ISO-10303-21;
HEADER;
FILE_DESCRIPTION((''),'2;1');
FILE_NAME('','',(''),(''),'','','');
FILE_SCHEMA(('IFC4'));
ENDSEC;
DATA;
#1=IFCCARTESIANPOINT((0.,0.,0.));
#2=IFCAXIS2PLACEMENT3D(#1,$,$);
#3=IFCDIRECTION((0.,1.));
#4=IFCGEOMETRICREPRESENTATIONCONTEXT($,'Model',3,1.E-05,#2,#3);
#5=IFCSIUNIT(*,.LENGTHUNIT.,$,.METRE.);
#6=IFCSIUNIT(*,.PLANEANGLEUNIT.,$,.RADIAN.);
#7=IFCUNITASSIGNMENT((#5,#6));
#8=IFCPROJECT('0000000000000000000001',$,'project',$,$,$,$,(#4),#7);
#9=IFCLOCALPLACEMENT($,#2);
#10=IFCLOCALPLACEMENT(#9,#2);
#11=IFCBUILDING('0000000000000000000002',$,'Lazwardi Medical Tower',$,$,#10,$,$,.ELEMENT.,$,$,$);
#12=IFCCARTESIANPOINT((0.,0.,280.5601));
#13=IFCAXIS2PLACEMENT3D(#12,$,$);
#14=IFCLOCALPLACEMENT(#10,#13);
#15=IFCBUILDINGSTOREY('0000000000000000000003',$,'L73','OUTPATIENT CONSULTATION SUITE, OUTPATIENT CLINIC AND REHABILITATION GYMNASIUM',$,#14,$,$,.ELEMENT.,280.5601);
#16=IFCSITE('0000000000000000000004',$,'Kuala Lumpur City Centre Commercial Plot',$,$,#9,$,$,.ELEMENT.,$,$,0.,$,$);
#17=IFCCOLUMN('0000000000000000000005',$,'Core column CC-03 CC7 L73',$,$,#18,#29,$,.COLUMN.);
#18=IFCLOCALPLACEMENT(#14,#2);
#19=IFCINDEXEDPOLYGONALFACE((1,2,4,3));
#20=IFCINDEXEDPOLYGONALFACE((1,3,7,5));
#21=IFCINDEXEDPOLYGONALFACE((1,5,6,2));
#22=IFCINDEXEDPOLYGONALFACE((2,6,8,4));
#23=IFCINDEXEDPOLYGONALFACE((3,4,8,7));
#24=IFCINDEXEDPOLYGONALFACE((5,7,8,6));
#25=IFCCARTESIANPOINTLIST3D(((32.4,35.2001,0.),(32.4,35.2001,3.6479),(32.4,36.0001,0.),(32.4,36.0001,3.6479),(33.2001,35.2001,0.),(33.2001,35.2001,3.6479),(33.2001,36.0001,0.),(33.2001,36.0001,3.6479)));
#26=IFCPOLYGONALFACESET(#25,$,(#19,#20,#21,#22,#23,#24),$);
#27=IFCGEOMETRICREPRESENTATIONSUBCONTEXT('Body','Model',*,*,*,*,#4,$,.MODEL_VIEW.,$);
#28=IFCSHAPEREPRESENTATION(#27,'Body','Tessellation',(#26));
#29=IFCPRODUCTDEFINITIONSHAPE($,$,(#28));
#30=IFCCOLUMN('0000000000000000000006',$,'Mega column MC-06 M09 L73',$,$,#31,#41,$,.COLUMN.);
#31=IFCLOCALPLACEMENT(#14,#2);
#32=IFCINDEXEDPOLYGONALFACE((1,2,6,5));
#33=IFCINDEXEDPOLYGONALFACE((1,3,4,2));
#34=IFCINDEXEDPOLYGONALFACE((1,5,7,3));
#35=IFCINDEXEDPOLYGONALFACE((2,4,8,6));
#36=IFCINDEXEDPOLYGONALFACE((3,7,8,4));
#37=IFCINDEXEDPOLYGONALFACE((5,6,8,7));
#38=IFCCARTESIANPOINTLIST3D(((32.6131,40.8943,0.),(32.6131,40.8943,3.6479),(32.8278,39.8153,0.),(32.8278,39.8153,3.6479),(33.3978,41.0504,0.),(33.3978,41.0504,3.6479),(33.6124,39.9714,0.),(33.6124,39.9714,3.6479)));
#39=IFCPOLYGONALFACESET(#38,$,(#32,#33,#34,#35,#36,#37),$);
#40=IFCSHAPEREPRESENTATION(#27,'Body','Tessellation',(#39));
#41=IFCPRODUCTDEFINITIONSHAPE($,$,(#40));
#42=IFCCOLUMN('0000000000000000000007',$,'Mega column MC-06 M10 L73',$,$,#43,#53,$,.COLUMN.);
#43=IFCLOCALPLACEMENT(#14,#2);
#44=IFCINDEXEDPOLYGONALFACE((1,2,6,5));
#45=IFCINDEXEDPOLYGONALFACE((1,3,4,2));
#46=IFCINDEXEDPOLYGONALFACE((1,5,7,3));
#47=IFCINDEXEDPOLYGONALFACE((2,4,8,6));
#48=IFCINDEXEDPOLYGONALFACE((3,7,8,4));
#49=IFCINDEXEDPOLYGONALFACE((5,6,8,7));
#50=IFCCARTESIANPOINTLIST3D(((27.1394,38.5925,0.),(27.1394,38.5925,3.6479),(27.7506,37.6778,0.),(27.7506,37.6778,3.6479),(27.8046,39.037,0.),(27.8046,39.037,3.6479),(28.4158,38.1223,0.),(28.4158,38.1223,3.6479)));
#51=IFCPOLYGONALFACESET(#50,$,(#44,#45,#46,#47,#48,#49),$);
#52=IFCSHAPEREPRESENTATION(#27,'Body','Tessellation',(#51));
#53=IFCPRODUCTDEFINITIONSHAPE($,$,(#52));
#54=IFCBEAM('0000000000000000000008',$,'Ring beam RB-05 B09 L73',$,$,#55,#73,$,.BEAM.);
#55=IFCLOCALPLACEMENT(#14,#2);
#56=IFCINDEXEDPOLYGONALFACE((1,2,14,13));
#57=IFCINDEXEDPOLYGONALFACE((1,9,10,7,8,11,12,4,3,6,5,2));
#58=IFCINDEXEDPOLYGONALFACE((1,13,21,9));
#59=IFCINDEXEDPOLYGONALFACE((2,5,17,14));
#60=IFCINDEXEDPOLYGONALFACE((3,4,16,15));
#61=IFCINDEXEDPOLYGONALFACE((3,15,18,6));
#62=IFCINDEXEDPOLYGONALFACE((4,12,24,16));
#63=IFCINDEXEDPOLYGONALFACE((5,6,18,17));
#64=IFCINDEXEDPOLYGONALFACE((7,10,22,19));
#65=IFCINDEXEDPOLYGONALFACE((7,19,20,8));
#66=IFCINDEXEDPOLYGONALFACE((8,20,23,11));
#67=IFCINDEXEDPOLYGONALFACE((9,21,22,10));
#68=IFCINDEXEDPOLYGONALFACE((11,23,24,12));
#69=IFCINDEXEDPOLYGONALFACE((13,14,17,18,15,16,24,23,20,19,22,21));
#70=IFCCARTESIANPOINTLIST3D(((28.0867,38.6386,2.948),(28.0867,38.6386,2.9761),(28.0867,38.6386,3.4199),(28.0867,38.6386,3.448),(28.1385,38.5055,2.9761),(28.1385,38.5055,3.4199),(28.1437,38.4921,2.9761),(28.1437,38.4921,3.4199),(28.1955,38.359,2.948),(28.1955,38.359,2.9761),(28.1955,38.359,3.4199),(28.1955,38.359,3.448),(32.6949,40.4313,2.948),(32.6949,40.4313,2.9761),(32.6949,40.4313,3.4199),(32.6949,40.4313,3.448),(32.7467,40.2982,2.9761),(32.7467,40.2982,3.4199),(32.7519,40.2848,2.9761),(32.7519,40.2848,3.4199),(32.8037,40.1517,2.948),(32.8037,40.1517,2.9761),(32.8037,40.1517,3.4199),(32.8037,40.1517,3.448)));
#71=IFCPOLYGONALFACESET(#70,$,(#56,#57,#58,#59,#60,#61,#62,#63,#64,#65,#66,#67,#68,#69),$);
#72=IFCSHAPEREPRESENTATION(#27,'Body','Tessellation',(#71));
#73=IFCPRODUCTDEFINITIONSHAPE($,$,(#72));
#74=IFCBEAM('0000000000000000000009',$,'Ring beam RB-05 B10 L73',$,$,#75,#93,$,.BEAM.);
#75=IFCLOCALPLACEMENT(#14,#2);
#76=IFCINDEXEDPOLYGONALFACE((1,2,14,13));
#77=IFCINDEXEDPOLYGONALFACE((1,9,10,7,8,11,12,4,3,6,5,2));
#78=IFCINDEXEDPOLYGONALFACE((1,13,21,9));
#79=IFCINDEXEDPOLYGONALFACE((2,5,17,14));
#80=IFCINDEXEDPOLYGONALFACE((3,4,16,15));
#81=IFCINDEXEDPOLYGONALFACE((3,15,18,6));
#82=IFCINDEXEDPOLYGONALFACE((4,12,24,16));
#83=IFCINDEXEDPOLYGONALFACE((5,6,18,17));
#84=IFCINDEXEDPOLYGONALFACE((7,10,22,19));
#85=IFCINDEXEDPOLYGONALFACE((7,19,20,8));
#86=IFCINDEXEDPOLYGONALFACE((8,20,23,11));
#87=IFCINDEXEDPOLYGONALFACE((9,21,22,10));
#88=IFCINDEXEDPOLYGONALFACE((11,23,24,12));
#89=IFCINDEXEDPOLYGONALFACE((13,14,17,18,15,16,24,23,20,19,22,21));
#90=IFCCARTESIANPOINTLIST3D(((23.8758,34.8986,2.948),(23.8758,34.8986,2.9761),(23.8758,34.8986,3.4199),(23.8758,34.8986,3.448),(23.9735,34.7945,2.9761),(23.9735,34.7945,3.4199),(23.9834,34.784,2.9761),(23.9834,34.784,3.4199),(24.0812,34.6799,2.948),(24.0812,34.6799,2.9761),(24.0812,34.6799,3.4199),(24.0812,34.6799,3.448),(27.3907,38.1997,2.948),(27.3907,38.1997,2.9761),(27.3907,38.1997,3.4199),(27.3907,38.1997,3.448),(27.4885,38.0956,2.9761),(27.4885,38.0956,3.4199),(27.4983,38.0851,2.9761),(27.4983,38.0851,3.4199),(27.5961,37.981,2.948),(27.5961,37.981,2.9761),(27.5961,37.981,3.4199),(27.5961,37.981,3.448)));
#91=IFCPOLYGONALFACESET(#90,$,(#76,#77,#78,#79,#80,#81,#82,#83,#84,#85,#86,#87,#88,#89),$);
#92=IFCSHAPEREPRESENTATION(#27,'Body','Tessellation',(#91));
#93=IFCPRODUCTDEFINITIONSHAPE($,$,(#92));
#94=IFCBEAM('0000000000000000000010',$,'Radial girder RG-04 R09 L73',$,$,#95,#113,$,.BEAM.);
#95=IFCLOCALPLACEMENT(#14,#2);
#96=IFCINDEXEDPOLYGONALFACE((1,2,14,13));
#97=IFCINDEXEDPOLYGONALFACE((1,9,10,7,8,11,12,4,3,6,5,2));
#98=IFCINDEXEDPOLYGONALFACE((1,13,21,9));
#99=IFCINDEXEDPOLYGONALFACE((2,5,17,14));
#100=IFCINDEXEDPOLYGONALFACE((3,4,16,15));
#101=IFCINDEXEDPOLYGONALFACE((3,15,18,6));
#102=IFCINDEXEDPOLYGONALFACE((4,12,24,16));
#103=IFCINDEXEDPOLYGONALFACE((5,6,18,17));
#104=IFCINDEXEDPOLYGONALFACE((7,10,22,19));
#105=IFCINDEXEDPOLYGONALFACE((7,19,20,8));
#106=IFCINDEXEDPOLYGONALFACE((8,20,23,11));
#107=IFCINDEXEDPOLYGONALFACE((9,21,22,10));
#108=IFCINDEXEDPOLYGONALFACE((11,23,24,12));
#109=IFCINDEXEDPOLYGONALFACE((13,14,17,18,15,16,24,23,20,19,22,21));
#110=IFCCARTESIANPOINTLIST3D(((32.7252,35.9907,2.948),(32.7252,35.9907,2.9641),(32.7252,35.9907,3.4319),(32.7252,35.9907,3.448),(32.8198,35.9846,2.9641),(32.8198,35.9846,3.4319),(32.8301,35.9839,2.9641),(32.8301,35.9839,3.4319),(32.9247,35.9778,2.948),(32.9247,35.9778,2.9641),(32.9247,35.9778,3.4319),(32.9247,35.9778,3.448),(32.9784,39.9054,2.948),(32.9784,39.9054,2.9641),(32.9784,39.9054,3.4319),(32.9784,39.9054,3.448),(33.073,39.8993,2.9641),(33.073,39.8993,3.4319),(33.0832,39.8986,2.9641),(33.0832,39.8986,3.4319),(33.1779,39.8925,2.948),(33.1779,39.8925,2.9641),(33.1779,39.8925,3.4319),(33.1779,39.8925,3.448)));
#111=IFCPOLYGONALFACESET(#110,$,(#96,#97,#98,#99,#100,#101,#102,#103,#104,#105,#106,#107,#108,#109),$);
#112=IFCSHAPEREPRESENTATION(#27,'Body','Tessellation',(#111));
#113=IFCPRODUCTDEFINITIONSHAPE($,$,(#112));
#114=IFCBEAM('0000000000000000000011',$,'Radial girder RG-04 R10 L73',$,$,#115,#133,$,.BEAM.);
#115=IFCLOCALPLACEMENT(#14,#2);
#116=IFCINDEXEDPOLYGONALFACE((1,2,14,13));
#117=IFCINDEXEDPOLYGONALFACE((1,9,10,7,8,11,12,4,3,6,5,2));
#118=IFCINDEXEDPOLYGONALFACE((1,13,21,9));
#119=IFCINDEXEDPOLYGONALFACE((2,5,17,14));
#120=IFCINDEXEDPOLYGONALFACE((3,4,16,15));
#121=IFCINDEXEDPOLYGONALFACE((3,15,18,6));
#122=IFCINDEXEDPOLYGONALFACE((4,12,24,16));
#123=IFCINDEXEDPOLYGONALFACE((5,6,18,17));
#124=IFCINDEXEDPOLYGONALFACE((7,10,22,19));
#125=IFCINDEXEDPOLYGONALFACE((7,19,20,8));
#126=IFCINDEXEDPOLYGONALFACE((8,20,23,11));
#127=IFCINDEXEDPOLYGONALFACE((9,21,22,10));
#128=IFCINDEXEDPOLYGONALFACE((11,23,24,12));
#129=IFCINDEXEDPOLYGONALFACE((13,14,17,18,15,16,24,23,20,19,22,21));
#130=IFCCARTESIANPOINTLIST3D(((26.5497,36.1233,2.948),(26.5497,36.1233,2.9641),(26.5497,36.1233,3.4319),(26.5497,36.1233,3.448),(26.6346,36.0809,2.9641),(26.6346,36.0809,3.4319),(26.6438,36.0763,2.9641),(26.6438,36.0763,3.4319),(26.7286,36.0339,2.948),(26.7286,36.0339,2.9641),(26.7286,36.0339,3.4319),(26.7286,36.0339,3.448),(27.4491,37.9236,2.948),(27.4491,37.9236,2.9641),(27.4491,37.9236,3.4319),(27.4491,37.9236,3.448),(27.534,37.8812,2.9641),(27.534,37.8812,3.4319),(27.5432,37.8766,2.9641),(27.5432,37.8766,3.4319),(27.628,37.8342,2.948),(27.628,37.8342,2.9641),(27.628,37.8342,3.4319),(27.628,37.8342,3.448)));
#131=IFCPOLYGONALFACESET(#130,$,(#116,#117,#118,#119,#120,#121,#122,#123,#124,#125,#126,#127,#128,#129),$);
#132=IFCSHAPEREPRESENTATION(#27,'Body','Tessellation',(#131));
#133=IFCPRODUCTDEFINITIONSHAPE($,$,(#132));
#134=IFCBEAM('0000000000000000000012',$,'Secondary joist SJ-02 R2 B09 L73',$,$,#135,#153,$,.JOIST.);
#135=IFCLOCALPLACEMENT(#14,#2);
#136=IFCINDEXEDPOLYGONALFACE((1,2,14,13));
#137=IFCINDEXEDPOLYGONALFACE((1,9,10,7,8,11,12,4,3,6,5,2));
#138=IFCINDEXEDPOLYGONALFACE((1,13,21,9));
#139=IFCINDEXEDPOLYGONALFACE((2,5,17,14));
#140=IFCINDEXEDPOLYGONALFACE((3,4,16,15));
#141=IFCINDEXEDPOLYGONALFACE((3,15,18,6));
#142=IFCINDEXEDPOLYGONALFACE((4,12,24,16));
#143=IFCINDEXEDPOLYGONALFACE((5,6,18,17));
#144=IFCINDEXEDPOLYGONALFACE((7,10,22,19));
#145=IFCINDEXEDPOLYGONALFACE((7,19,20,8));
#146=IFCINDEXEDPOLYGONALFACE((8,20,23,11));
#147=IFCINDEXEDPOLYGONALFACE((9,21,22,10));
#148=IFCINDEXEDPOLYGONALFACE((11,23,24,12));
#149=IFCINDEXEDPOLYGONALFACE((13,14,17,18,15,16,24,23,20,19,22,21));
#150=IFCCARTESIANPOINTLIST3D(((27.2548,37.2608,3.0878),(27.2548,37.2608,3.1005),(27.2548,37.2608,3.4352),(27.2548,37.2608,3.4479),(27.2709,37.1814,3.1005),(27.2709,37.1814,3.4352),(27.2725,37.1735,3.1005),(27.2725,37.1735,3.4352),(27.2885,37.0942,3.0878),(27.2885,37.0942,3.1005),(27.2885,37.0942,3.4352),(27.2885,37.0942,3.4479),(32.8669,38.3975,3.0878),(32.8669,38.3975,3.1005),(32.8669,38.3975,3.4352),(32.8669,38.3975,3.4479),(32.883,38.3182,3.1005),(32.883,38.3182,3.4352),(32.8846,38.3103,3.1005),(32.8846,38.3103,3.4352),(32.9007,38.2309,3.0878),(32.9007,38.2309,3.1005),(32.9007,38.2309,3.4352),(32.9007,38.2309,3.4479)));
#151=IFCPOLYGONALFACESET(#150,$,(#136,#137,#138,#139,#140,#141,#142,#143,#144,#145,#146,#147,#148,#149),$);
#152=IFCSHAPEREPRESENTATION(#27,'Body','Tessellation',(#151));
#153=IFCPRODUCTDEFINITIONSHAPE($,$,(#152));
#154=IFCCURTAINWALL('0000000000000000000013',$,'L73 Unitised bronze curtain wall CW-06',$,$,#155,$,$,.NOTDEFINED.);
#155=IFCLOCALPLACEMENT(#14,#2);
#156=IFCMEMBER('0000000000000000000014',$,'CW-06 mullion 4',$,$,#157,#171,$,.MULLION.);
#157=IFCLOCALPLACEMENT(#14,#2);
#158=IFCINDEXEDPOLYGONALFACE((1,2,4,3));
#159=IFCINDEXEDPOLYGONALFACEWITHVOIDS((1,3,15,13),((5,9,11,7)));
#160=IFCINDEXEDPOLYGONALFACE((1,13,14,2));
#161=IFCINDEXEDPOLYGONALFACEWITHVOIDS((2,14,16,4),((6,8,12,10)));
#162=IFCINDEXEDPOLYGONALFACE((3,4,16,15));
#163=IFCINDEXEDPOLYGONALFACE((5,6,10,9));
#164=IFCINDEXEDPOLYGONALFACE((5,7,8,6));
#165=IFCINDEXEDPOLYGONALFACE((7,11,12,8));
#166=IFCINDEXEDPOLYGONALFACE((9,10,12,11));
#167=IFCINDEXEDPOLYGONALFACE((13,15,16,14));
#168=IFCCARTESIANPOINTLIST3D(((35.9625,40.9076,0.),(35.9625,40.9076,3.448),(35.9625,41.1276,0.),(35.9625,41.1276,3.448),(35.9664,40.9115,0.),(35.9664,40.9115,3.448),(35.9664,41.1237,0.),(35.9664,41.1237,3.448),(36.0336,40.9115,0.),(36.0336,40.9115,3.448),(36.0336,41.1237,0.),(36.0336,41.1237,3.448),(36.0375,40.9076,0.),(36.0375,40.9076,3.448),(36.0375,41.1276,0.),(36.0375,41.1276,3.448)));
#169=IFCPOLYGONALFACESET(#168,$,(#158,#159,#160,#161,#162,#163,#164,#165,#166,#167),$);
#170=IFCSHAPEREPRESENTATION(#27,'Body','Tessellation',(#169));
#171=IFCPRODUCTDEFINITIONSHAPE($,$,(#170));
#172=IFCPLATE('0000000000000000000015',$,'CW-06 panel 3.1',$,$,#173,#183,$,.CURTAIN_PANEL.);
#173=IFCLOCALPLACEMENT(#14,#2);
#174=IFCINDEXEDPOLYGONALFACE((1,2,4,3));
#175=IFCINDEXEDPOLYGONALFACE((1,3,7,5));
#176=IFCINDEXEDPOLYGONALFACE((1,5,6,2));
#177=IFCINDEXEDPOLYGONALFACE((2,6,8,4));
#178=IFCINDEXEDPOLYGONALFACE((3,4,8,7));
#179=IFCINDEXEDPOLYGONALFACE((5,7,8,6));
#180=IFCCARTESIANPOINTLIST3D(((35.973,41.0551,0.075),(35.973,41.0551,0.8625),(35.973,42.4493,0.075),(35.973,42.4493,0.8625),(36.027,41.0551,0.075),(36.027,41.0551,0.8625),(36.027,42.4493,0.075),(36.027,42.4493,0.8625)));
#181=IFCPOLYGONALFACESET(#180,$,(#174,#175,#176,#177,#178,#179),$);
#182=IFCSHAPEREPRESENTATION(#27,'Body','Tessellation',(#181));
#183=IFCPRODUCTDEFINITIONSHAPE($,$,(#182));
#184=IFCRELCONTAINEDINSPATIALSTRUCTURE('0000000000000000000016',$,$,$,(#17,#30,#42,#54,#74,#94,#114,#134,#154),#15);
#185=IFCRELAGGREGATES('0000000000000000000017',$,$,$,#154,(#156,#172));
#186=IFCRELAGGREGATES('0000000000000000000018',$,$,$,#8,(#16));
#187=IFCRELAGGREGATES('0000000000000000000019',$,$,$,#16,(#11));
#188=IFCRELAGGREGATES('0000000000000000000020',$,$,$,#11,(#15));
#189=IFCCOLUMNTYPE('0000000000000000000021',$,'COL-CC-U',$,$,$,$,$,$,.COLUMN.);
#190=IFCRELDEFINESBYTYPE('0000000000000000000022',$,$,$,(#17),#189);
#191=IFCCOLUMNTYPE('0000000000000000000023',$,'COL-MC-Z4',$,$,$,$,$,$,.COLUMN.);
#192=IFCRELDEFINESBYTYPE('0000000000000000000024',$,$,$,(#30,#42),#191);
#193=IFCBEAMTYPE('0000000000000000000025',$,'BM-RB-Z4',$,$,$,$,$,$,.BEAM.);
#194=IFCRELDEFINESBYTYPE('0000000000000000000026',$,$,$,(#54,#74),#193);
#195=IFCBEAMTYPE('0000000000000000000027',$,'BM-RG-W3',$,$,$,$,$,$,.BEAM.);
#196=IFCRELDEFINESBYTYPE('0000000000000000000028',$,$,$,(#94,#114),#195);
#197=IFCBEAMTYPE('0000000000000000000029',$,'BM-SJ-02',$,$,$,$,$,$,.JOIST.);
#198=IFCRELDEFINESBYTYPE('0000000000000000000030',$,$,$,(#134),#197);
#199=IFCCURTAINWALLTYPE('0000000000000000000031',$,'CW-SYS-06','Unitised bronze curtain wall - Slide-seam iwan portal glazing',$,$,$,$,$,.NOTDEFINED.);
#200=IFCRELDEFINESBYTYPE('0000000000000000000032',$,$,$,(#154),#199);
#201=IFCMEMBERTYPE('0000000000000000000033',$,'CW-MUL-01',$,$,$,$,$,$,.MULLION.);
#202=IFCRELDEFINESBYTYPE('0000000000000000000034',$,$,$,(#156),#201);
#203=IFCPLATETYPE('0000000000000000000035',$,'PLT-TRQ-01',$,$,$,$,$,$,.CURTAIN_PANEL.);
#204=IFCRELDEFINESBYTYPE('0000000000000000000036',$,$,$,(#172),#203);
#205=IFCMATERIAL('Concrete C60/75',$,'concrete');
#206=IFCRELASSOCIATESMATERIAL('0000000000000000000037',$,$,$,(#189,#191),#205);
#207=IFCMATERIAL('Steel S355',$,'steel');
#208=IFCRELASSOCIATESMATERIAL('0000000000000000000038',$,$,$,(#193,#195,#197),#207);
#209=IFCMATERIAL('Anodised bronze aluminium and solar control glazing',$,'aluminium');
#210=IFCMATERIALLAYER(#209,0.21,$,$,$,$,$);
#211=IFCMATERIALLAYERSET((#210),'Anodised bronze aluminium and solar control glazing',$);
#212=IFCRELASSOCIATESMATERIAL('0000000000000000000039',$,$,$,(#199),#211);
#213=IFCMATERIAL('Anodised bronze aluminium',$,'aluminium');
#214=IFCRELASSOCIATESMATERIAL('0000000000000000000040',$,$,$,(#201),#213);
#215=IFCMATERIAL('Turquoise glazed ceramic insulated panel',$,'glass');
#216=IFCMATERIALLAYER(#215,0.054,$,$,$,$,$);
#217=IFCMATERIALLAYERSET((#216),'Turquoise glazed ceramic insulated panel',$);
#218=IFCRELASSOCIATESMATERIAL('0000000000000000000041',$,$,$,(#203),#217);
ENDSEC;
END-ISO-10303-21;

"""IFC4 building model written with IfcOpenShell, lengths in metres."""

from ifc_helpers import new_model, si_unit, direction, frame, origin, origin_2d, place, context, subcontext, project, spatial, rectangle, hollow_rectangle, i_section, extrude, material, layer, layer_set, material_profile, profile_set, type_object, element, aggregate, save


model = new_model("IFC4")

# Units and contexts
model_context = context("Model", 3, precision=1e-05, world=origin(), true_north=direction((0.0, 1.0)))
body_context = subcontext(model_context, "Body", "Model", "MODEL_VIEW")
ifc_project = project(units=[si_unit("LENGTHUNIT", "METRE"), si_unit("PLANEANGLEUNIT", "RADIAN")], contexts=[model_context])

# Site, building, storey
site_placement = place(None, origin())
site = spatial("IfcSite", under=ifc_project, at=site_placement, Name="Kuala Lumpur City Centre Commercial Plot", CompositionType="ELEMENT", RefElevation=0.0)
building_placement = place(site_placement, origin())
building = spatial("IfcBuilding", under=site, at=building_placement, Name="Lazwardi Medical Tower", CompositionType="ELEMENT")
storey_placement = place(building_placement, frame((0.0, 0.0, 280.5601)))
storey = spatial("IfcBuildingStorey", under=building, at=storey_placement, Name="L73", Description="OUTPATIENT CONSULTATION SUITE, OUTPATIENT CLINIC AND REHABILITATION GYMNASIUM", CompositionType="ELEMENT", Elevation=280.5601)

# Columns
ifc_material_1 = material(Name="Concrete C60/75", Category="concrete")
ifc_material_profile_1 = material_profile(ifc_material_1, rectangle(XDim=0.8, YDim=0.8, at=origin_2d()), Name="RC 800x800")
ifc_profile_set_1 = profile_set([ifc_material_profile_1], Name="Concrete C60/75")
column_type_1 = type_object("IfcColumnType", Name="COL-CC-U", PredefinedType="COLUMN", material=ifc_profile_set_1)
column_placement = place(storey_placement, frame((32.8, 35.6001, 0.0), z_axis=(0.0, 0.0, 1.0), x_axis=(1.0, 0.0, 0.0)))
element("IfcColumn", 1, at=column_placement, inside=storey, type_object=column_type_1, Name="Core column CC-03 CC7 L73", PredefinedType="COLUMN", context=body_context, shape_type="SweptSolid", body=[
    extrude(rectangle(XDim=0.8, YDim=0.8, at=origin_2d()), origin(), (0.0, 0.0, 1.0), 3.6479),
])
ifc_material_profile_2 = material_profile(ifc_material_1, rectangle(XDim=1.1001, YDim=0.8, at=origin_2d()), Name="CFT-RECT 1100x800")
ifc_profile_set_2 = profile_set([ifc_material_profile_2], Name="Concrete C60/75")
column_type_2 = type_object("IfcColumnType", Name="COL-MC-Z4", PredefinedType="COLUMN", material=ifc_profile_set_2)
for number, where, z_axis, x_axis, name in (
    (2, (33.1128, 40.4329, 0.0), (0.0, 0.0, 1.0), (-0.19509, 0.980785, 0.0), "Mega column MC-06 M09 L73"),
    (3, (27.7776, 38.3574, 0.0), (0.0, 0.0, 1.0), (-0.55557, 0.83147, 0.0), "Mega column MC-06 M10 L73"),
):
    element("IfcColumn", number, at=place(storey_placement, frame(where, z_axis=z_axis, x_axis=x_axis)), inside=storey, type_object=column_type_2, Name=name, PredefinedType="COLUMN", context=body_context, shape_type="SweptSolid", body=[
        extrude(rectangle(XDim=1.1001, YDim=0.8, at=origin_2d()), origin(), (0.0, 0.0, 1.0), 3.6479),
    ])

# Beams
ifc_material_2 = material(Name="Steel S355", Category="steel")
ifc_material_profile_3 = material_profile(ifc_material_2, i_section(OverallWidth=0.3, OverallDepth=0.5, WebThickness=0.0144, FlangeThickness=0.0281, at=origin_2d()), Name="HEB 500")
ifc_profile_set_3 = profile_set([ifc_material_profile_3], Name="Steel S355")
beam_type_1 = type_object("IfcBeamType", Name="BM-RB-Z4", PredefinedType="BEAM", material=ifc_profile_set_3)
beam_1_placement = place(storey_placement, frame((32.7493, 40.2915, 3.198), z_axis=(-0.931959, -0.362563, 0.0), x_axis=(0.362563, -0.931959, 0.0)))
element("IfcBeam", 4, at=beam_1_placement, inside=storey, type_object=beam_type_1, Name="Ring beam RB-05 B09 L73", PredefinedType="BEAM", context=body_context, shape_type="SweptSolid", body=[
    extrude(i_section(OverallWidth=0.3, OverallDepth=0.5, WebThickness=0.0144, FlangeThickness=0.0281, at=origin_2d()), origin(), (0.0, 0.0, 1.0), 4.9446),
])
beam_2_placement = place(storey_placement, frame((27.4934, 38.0903, 3.198), z_axis=(-0.728935, -0.684583, 0.0), x_axis=(0.684583, -0.728935, 0.0)))
element("IfcBeam", 5, at=beam_2_placement, inside=storey, type_object=beam_type_1, Name="Ring beam RB-05 B10 L73", PredefinedType="BEAM", context=body_context, shape_type="SweptSolid", body=[
    extrude(i_section(OverallWidth=0.3, OverallDepth=0.5, WebThickness=0.0144, FlangeThickness=0.0281, at=origin_2d()), origin(), (0.0, 0.0, 1.0), 4.822),
])
ifc_material_profile_4 = material_profile(ifc_material_2, i_section(OverallWidth=0.2, OverallDepth=0.5, WebThickness=0.0103, FlangeThickness=0.0161, at=origin_2d()), Name="IPE 500")
ifc_profile_set_4 = profile_set([ifc_material_profile_4], Name="Steel S355")
beam_type_2 = type_object("IfcBeamType", Name="BM-RG-W3", PredefinedType="BEAM", material=ifc_profile_set_4)
beam_3_placement = place(storey_placement, frame((33.0781, 39.8989, 3.198), z_axis=(-0.064536, -0.997915, 0.0), x_axis=(0.997915, -0.064536, 0.0)))
element("IfcBeam", 6, at=beam_3_placement, inside=storey, type_object=beam_type_2, Name="Radial girder RG-04 R09 L73", PredefinedType="BEAM", context=body_context, shape_type="SweptSolid", body=[
    extrude(i_section(OverallWidth=0.2, OverallDepth=0.5, WebThickness=0.0103, FlangeThickness=0.0161, at=origin_2d()), origin(), (0.0, 0.0, 1.0), 3.9229),
])
beam_4_placement = place(storey_placement, frame((27.5386, 37.8789, 3.198), z_axis=(-0.446922, -0.894573, 0.0), x_axis=(0.894573, -0.446922, 0.0)))
element("IfcBeam", 7, at=beam_4_placement, inside=storey, type_object=beam_type_2, Name="Radial girder RG-04 R10 L73", PredefinedType="BEAM", context=body_context, shape_type="SweptSolid", body=[
    extrude(i_section(OverallWidth=0.2, OverallDepth=0.5, WebThickness=0.0103, FlangeThickness=0.0161, at=origin_2d()), origin(), (0.0, 0.0, 1.0), 2.0125),
])
ifc_material_profile_5 = material_profile(ifc_material_2, i_section(OverallWidth=0.1699, OverallDepth=0.3601, WebThickness=0.0081, FlangeThickness=0.0127, at=origin_2d()), Name="IPE 360")
ifc_profile_set_5 = profile_set([ifc_material_profile_5], Name="Steel S355")
beam_type_3 = type_object("IfcBeamType", Name="BM-SJ-02", PredefinedType="JOIST", material=ifc_profile_set_5)
beam_5_placement = place(storey_placement, frame((32.8838, 38.3142, 3.2678), z_axis=(-0.980097, -0.198518, 0.0), x_axis=(0.198518, -0.980097, 0.0)))
element("IfcBeam", 8, at=beam_5_placement, inside=storey, type_object=beam_type_3, Name="Secondary joist SJ-02 R2 B09 L73", PredefinedType="JOIST", context=body_context, shape_type="SweptSolid", body=[
    extrude(i_section(OverallWidth=0.1699, OverallDepth=0.3601, WebThickness=0.0081, FlangeThickness=0.0127, at=origin_2d()), origin(), (0.0, 0.0, 1.0), 5.7261),
])

# Curtain wall, member, plate
ifc_material_3 = material(Name="Anodised bronze aluminium and solar control glazing", Category="aluminium")
ifc_layer_1 = layer(ifc_material_3, 0.21)
ifc_layer_set_1 = layer_set([ifc_layer_1], Name="Anodised bronze aluminium and solar control glazing")
curtain_wall_type = type_object("IfcCurtainWallType", Name="CW-SYS-06", Description="Unitised bronze curtain wall - Slide-seam iwan portal glazing", PredefinedType="NOTDEFINED", material=ifc_layer_set_1)
curtain_wall_placement = place(storey_placement, origin())
curtain_wall = element("IfcCurtainWall", 9, at=curtain_wall_placement, inside=storey, type_object=curtain_wall_type, Name="L73 Unitised bronze curtain wall CW-06", PredefinedType="NOTDEFINED")
ifc_material_4 = material(Name="Anodised bronze aluminium", Category="aluminium")
ifc_material_profile_6 = material_profile(ifc_material_4, hollow_rectangle(XDim=0.075, YDim=0.22, WallThickness=0.0039, at=origin_2d()), Name="ALU-MULLION 220x75x4")
ifc_profile_set_6 = profile_set([ifc_material_profile_6], Name="Anodised bronze aluminium")
member_type = type_object("IfcMemberType", Name="CW-MUL-01", PredefinedType="MULLION", material=ifc_profile_set_6)
member_placement = place(storey_placement, frame((36.0, 41.0176, 0.0), z_axis=(0.0, 0.0, 1.0), x_axis=(1.0, 0.0, 0.0)))
member = element("IfcMember", 10, at=member_placement, type_object=member_type, Name="CW-06 mullion 4", PredefinedType="MULLION", context=body_context, shape_type="SweptSolid", body=[
    extrude(hollow_rectangle(XDim=0.075, YDim=0.22, WallThickness=0.0039, at=origin_2d()), origin(), (0.0, 0.0, 1.0), 3.448),
])
ifc_material_5 = material(Name="Turquoise glazed ceramic insulated panel", Category="glass")
ifc_layer_2 = layer(ifc_material_5, 0.054)
ifc_layer_set_2 = layer_set([ifc_layer_2], Name="Turquoise glazed ceramic insulated panel")
plate_type = type_object("IfcPlateType", Name="PLT-TRQ-01", PredefinedType="CURTAIN_PANEL", material=ifc_layer_set_2)
plate_placement = place(storey_placement, frame((36.0, 41.7522, 0.075), z_axis=(0.0, 0.0, 1.0), x_axis=(0.0, -1.0, 0.0)))
plate = element("IfcPlate", 11, at=plate_placement, type_object=plate_type, Name="CW-06 panel 3.1", PredefinedType="CURTAIN_PANEL", context=body_context, shape_type="SweptSolid", body=[
    extrude(rectangle(XDim=1.3943, YDim=0.054, at=origin_2d()), origin(), (0.0, 0.0, 1.0), 0.7876),
])
aggregate(curtain_wall, [member, plate])

save(model, "model.ifc")
